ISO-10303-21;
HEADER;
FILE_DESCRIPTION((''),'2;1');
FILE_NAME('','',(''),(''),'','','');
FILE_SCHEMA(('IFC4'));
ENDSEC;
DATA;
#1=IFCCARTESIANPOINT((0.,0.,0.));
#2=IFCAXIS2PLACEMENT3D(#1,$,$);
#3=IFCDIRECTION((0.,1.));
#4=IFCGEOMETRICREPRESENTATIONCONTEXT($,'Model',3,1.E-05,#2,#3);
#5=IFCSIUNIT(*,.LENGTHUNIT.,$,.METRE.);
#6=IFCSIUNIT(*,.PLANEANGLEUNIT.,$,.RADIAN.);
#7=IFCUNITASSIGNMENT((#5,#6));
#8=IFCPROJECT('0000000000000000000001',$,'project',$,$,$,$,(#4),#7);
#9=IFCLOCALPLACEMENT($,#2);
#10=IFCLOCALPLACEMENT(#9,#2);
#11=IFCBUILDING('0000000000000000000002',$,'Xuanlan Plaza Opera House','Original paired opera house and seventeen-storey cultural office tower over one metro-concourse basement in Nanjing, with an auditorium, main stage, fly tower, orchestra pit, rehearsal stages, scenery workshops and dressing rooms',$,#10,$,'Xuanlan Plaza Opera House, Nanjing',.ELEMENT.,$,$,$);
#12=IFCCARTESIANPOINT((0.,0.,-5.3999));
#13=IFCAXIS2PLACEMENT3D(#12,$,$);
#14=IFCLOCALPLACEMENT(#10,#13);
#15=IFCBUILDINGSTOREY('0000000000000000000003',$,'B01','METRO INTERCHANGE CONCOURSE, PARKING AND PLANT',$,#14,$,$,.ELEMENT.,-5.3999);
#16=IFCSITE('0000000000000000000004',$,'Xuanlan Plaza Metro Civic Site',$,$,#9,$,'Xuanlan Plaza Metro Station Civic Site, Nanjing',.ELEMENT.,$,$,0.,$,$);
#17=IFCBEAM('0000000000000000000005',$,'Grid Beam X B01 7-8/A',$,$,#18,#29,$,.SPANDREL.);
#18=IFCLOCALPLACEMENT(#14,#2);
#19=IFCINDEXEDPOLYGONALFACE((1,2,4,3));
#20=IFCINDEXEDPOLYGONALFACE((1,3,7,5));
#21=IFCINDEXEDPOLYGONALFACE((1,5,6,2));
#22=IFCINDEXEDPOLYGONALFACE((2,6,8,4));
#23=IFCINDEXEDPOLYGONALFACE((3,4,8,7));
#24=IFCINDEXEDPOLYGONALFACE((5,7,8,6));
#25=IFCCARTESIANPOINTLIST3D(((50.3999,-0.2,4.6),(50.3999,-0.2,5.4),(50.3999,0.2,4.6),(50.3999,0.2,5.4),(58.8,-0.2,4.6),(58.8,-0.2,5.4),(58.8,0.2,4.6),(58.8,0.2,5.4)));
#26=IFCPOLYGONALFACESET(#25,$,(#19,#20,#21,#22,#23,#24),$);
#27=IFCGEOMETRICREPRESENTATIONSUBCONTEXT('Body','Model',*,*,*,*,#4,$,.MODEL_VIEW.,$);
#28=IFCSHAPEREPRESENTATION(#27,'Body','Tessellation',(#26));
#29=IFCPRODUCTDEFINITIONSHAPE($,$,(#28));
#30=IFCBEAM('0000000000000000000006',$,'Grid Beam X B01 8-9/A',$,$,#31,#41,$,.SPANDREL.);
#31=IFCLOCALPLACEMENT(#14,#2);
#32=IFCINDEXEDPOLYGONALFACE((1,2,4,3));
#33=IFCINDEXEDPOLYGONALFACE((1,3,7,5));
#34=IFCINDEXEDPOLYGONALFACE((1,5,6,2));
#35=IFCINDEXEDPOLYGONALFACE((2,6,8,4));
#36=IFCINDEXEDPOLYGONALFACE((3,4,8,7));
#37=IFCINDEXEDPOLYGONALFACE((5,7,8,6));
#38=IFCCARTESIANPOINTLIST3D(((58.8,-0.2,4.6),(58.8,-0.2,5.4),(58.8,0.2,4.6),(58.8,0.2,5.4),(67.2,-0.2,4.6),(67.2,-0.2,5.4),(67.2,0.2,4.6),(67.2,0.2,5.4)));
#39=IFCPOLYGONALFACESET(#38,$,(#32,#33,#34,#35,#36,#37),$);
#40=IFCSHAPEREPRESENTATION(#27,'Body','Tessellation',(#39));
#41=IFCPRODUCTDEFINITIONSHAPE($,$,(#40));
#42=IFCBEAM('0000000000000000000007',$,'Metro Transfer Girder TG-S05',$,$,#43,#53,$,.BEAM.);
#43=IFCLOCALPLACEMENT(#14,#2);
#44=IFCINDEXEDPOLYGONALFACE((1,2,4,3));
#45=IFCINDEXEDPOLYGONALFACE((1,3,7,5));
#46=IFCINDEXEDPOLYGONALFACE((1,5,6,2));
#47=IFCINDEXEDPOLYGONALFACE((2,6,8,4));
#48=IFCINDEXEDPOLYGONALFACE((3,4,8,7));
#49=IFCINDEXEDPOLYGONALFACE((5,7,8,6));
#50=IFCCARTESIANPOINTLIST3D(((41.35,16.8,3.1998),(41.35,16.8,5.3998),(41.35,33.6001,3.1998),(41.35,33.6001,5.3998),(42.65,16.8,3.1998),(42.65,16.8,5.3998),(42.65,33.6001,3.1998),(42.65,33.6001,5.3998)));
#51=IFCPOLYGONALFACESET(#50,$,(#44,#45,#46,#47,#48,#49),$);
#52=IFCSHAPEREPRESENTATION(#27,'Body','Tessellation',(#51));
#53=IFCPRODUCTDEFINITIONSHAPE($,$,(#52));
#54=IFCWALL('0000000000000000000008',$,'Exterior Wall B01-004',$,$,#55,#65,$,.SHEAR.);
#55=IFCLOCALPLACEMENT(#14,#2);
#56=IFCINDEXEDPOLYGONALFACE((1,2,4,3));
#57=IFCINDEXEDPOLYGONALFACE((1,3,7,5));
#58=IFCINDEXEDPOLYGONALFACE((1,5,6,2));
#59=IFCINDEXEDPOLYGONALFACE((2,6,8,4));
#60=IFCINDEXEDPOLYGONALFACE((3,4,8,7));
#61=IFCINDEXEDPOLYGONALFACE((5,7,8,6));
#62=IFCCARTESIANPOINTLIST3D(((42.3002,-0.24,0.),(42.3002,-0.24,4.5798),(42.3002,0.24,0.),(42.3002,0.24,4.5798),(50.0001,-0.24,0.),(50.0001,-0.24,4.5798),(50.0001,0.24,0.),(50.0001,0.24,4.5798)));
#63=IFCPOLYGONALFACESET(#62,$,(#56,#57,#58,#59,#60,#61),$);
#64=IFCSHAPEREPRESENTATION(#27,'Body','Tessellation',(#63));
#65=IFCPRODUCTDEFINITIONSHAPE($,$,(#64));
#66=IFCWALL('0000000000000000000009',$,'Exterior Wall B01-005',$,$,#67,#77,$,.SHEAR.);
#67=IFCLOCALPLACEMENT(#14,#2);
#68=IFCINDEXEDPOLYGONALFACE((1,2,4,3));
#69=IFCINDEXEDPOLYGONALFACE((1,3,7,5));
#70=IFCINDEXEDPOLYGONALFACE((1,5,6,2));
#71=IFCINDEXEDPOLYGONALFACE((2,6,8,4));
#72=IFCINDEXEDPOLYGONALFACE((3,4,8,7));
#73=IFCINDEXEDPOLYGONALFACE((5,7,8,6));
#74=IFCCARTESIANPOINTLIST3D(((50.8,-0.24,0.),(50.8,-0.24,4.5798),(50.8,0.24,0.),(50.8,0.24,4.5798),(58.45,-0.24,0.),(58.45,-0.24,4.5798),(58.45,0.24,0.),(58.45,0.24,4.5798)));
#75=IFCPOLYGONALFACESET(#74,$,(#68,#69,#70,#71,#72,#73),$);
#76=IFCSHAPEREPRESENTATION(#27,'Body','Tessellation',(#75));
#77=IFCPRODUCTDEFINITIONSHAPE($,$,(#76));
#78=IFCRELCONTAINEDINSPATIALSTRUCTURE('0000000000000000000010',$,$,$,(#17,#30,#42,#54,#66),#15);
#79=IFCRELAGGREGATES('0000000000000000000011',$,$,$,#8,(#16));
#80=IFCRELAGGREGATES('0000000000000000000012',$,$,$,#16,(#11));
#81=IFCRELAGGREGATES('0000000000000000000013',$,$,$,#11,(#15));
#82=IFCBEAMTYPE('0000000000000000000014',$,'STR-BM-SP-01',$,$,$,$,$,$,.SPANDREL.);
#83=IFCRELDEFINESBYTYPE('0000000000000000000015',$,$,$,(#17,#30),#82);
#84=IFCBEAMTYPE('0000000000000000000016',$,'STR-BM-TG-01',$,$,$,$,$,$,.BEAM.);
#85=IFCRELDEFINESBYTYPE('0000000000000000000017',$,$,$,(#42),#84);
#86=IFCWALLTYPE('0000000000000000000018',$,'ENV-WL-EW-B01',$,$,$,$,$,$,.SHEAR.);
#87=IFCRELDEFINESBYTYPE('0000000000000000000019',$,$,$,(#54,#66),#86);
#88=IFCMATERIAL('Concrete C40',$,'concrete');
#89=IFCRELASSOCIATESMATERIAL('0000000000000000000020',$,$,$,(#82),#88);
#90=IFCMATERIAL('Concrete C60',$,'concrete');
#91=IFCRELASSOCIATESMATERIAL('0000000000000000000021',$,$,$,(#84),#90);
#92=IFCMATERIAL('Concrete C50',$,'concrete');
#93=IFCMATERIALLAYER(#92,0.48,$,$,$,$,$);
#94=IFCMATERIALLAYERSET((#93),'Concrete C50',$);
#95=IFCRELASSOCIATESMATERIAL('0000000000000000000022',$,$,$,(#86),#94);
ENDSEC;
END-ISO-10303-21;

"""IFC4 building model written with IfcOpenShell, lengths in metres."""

from ifc_helpers import new_model, si_unit, direction, frame, frame_2d, origin, origin_2d, place, context, subcontext, project, spatial, rectangle, extrude, material, layer, layer_set, material_profile, profile_set, type_object, element, save


model = new_model("IFC4")

# Units and contexts
model_context = context("Model", 3, precision=1e-05, world=origin(), true_north=direction((0.0, 1.0)))
body_context = subcontext(model_context, "Body", "Model", "MODEL_VIEW")
ifc_project = project(units=[si_unit("LENGTHUNIT", "METRE"), si_unit("PLANEANGLEUNIT", "RADIAN")], contexts=[model_context])

# Site, building, storey
site_placement = place(None, origin())
site = spatial("IfcSite", under=ifc_project, at=site_placement, Name="Xuanlan Plaza Metro Civic Site", LongName="Xuanlan Plaza Metro Station Civic Site, Nanjing", CompositionType="ELEMENT", RefElevation=0.0)
building_placement = place(site_placement, origin())
building = spatial("IfcBuilding", under=site, at=building_placement, Name="Xuanlan Plaza Opera House", Description="Original paired opera house and seventeen-storey cultural office tower over one metro-concourse basement in Nanjing, with an auditorium, main stage, fly tower, orchestra pit, rehearsal stages, scenery workshops and dressing rooms", LongName="Xuanlan Plaza Opera House, Nanjing", CompositionType="ELEMENT")
storey_placement = place(building_placement, frame((0.0, 0.0, -5.3999)))
storey = spatial("IfcBuildingStorey", under=building, at=storey_placement, Name="B01", Description="METRO INTERCHANGE CONCOURSE, PARKING AND PLANT", CompositionType="ELEMENT", Elevation=-5.3999)

# Shared definitions
ifc_material_1 = material(Name="Concrete C50", Category="concrete")
ifc_material_2 = material(Name="Concrete C40", Category="concrete")

# Shared definitions
ifc_material_3 = material(Name="Concrete C60", Category="concrete")

# Beams
ifc_material_profile_1 = material_profile(ifc_material_2, rectangle(XDim=0.3999, YDim=0.8, at=origin_2d()), Name="RC-SPD 400x800")
ifc_profile_set_1 = profile_set([ifc_material_profile_1], Name="Concrete C40")
beam_type_1 = type_object("IfcBeamType", Name="STR-BM-SP-01", PredefinedType="SPANDREL", material=ifc_profile_set_1)
beam_1_placement = place(storey_placement, frame((50.3999, 0.0, 5.0), z_axis=(1.0, 0.0, 0.0), x_axis=(0.0, 1.0, 0.0)))
element("IfcBeam", 1, at=beam_1_placement, inside=storey, type_object=beam_type_1, Name="Grid Beam X B01 7-8/A", PredefinedType="SPANDREL", context=body_context, shape_type="SweptSolid", body=[
    extrude(rectangle(XDim=0.3999, YDim=0.8, at=origin_2d()), origin(), (0.0, 0.0, 1.0), 8.4001),
])
beam_2_placement = place(storey_placement, frame((58.8, 0.0, 5.0), z_axis=(1.0, 0.0, 0.0), x_axis=(0.0, 1.0, 0.0)))
element("IfcBeam", 2, at=beam_2_placement, inside=storey, type_object=beam_type_1, Name="Grid Beam X B01 8-9/A", PredefinedType="SPANDREL", context=body_context, shape_type="SweptSolid", body=[
    extrude(rectangle(XDim=0.3999, YDim=0.8, at=origin_2d()), origin(), (0.0, 0.0, 1.0), 8.3999),
])
ifc_material_profile_2 = material_profile(ifc_material_3, rectangle(XDim=1.3, YDim=2.2, at=origin_2d()), Name="RC-TG 1300x2200")
ifc_profile_set_2 = profile_set([ifc_material_profile_2], Name="Concrete C60")
beam_type_2 = type_object("IfcBeamType", Name="STR-BM-TG-01", PredefinedType="BEAM", material=ifc_profile_set_2)
beam_3_placement = place(storey_placement, frame((42.0, 16.8, 4.2998), z_axis=(0.0, 1.0, 0.0), x_axis=(-1.0, 0.0, 0.0)))
element("IfcBeam", 3, at=beam_3_placement, inside=storey, type_object=beam_type_2, Name="Metro Transfer Girder TG-S05", PredefinedType="BEAM", context=body_context, shape_type="SweptSolid", body=[
    extrude(rectangle(XDim=1.3, YDim=2.2, at=origin_2d()), origin(), (0.0, 0.0, 1.0), 16.8),
])

# Walls
ifc_layer = layer(ifc_material_1, 0.48)
ifc_layer_set = layer_set([ifc_layer], Name="Concrete C50")
wall_type = type_object("IfcWallType", Name="ENV-WL-EW-B01", PredefinedType="SHEAR", material=ifc_layer_set)
wall_1_placement = place(storey_placement, frame((42.3, 0.0, 0.0), z_axis=(0.0, 0.0, 1.0), x_axis=(1.0, 0.0, 0.0)))
element("IfcWall", 4, at=wall_1_placement, inside=storey, type_object=wall_type, Name="Exterior Wall B01-004", PredefinedType="SHEAR", context=body_context, shape_type="SweptSolid", body=[
    extrude(rectangle(XDim=7.7, YDim=0.48, at=frame_2d((3.8501, 0.0))), origin(), (0.0, 0.0, 1.0), 4.5798),
])
wall_2_placement = place(storey_placement, frame((50.8, 0.0, 0.0), z_axis=(0.0, 0.0, 1.0), x_axis=(1.0, 0.0, 0.0)))
element("IfcWall", 5, at=wall_2_placement, inside=storey, type_object=wall_type, Name="Exterior Wall B01-005", PredefinedType="SHEAR", context=body_context, shape_type="SweptSolid", body=[
    extrude(rectangle(XDim=7.6499, YDim=0.48, at=frame_2d((3.825, 0.0))), origin(), (0.0, 0.0, 1.0), 4.5798),
])

save(model, "model.ifc")
